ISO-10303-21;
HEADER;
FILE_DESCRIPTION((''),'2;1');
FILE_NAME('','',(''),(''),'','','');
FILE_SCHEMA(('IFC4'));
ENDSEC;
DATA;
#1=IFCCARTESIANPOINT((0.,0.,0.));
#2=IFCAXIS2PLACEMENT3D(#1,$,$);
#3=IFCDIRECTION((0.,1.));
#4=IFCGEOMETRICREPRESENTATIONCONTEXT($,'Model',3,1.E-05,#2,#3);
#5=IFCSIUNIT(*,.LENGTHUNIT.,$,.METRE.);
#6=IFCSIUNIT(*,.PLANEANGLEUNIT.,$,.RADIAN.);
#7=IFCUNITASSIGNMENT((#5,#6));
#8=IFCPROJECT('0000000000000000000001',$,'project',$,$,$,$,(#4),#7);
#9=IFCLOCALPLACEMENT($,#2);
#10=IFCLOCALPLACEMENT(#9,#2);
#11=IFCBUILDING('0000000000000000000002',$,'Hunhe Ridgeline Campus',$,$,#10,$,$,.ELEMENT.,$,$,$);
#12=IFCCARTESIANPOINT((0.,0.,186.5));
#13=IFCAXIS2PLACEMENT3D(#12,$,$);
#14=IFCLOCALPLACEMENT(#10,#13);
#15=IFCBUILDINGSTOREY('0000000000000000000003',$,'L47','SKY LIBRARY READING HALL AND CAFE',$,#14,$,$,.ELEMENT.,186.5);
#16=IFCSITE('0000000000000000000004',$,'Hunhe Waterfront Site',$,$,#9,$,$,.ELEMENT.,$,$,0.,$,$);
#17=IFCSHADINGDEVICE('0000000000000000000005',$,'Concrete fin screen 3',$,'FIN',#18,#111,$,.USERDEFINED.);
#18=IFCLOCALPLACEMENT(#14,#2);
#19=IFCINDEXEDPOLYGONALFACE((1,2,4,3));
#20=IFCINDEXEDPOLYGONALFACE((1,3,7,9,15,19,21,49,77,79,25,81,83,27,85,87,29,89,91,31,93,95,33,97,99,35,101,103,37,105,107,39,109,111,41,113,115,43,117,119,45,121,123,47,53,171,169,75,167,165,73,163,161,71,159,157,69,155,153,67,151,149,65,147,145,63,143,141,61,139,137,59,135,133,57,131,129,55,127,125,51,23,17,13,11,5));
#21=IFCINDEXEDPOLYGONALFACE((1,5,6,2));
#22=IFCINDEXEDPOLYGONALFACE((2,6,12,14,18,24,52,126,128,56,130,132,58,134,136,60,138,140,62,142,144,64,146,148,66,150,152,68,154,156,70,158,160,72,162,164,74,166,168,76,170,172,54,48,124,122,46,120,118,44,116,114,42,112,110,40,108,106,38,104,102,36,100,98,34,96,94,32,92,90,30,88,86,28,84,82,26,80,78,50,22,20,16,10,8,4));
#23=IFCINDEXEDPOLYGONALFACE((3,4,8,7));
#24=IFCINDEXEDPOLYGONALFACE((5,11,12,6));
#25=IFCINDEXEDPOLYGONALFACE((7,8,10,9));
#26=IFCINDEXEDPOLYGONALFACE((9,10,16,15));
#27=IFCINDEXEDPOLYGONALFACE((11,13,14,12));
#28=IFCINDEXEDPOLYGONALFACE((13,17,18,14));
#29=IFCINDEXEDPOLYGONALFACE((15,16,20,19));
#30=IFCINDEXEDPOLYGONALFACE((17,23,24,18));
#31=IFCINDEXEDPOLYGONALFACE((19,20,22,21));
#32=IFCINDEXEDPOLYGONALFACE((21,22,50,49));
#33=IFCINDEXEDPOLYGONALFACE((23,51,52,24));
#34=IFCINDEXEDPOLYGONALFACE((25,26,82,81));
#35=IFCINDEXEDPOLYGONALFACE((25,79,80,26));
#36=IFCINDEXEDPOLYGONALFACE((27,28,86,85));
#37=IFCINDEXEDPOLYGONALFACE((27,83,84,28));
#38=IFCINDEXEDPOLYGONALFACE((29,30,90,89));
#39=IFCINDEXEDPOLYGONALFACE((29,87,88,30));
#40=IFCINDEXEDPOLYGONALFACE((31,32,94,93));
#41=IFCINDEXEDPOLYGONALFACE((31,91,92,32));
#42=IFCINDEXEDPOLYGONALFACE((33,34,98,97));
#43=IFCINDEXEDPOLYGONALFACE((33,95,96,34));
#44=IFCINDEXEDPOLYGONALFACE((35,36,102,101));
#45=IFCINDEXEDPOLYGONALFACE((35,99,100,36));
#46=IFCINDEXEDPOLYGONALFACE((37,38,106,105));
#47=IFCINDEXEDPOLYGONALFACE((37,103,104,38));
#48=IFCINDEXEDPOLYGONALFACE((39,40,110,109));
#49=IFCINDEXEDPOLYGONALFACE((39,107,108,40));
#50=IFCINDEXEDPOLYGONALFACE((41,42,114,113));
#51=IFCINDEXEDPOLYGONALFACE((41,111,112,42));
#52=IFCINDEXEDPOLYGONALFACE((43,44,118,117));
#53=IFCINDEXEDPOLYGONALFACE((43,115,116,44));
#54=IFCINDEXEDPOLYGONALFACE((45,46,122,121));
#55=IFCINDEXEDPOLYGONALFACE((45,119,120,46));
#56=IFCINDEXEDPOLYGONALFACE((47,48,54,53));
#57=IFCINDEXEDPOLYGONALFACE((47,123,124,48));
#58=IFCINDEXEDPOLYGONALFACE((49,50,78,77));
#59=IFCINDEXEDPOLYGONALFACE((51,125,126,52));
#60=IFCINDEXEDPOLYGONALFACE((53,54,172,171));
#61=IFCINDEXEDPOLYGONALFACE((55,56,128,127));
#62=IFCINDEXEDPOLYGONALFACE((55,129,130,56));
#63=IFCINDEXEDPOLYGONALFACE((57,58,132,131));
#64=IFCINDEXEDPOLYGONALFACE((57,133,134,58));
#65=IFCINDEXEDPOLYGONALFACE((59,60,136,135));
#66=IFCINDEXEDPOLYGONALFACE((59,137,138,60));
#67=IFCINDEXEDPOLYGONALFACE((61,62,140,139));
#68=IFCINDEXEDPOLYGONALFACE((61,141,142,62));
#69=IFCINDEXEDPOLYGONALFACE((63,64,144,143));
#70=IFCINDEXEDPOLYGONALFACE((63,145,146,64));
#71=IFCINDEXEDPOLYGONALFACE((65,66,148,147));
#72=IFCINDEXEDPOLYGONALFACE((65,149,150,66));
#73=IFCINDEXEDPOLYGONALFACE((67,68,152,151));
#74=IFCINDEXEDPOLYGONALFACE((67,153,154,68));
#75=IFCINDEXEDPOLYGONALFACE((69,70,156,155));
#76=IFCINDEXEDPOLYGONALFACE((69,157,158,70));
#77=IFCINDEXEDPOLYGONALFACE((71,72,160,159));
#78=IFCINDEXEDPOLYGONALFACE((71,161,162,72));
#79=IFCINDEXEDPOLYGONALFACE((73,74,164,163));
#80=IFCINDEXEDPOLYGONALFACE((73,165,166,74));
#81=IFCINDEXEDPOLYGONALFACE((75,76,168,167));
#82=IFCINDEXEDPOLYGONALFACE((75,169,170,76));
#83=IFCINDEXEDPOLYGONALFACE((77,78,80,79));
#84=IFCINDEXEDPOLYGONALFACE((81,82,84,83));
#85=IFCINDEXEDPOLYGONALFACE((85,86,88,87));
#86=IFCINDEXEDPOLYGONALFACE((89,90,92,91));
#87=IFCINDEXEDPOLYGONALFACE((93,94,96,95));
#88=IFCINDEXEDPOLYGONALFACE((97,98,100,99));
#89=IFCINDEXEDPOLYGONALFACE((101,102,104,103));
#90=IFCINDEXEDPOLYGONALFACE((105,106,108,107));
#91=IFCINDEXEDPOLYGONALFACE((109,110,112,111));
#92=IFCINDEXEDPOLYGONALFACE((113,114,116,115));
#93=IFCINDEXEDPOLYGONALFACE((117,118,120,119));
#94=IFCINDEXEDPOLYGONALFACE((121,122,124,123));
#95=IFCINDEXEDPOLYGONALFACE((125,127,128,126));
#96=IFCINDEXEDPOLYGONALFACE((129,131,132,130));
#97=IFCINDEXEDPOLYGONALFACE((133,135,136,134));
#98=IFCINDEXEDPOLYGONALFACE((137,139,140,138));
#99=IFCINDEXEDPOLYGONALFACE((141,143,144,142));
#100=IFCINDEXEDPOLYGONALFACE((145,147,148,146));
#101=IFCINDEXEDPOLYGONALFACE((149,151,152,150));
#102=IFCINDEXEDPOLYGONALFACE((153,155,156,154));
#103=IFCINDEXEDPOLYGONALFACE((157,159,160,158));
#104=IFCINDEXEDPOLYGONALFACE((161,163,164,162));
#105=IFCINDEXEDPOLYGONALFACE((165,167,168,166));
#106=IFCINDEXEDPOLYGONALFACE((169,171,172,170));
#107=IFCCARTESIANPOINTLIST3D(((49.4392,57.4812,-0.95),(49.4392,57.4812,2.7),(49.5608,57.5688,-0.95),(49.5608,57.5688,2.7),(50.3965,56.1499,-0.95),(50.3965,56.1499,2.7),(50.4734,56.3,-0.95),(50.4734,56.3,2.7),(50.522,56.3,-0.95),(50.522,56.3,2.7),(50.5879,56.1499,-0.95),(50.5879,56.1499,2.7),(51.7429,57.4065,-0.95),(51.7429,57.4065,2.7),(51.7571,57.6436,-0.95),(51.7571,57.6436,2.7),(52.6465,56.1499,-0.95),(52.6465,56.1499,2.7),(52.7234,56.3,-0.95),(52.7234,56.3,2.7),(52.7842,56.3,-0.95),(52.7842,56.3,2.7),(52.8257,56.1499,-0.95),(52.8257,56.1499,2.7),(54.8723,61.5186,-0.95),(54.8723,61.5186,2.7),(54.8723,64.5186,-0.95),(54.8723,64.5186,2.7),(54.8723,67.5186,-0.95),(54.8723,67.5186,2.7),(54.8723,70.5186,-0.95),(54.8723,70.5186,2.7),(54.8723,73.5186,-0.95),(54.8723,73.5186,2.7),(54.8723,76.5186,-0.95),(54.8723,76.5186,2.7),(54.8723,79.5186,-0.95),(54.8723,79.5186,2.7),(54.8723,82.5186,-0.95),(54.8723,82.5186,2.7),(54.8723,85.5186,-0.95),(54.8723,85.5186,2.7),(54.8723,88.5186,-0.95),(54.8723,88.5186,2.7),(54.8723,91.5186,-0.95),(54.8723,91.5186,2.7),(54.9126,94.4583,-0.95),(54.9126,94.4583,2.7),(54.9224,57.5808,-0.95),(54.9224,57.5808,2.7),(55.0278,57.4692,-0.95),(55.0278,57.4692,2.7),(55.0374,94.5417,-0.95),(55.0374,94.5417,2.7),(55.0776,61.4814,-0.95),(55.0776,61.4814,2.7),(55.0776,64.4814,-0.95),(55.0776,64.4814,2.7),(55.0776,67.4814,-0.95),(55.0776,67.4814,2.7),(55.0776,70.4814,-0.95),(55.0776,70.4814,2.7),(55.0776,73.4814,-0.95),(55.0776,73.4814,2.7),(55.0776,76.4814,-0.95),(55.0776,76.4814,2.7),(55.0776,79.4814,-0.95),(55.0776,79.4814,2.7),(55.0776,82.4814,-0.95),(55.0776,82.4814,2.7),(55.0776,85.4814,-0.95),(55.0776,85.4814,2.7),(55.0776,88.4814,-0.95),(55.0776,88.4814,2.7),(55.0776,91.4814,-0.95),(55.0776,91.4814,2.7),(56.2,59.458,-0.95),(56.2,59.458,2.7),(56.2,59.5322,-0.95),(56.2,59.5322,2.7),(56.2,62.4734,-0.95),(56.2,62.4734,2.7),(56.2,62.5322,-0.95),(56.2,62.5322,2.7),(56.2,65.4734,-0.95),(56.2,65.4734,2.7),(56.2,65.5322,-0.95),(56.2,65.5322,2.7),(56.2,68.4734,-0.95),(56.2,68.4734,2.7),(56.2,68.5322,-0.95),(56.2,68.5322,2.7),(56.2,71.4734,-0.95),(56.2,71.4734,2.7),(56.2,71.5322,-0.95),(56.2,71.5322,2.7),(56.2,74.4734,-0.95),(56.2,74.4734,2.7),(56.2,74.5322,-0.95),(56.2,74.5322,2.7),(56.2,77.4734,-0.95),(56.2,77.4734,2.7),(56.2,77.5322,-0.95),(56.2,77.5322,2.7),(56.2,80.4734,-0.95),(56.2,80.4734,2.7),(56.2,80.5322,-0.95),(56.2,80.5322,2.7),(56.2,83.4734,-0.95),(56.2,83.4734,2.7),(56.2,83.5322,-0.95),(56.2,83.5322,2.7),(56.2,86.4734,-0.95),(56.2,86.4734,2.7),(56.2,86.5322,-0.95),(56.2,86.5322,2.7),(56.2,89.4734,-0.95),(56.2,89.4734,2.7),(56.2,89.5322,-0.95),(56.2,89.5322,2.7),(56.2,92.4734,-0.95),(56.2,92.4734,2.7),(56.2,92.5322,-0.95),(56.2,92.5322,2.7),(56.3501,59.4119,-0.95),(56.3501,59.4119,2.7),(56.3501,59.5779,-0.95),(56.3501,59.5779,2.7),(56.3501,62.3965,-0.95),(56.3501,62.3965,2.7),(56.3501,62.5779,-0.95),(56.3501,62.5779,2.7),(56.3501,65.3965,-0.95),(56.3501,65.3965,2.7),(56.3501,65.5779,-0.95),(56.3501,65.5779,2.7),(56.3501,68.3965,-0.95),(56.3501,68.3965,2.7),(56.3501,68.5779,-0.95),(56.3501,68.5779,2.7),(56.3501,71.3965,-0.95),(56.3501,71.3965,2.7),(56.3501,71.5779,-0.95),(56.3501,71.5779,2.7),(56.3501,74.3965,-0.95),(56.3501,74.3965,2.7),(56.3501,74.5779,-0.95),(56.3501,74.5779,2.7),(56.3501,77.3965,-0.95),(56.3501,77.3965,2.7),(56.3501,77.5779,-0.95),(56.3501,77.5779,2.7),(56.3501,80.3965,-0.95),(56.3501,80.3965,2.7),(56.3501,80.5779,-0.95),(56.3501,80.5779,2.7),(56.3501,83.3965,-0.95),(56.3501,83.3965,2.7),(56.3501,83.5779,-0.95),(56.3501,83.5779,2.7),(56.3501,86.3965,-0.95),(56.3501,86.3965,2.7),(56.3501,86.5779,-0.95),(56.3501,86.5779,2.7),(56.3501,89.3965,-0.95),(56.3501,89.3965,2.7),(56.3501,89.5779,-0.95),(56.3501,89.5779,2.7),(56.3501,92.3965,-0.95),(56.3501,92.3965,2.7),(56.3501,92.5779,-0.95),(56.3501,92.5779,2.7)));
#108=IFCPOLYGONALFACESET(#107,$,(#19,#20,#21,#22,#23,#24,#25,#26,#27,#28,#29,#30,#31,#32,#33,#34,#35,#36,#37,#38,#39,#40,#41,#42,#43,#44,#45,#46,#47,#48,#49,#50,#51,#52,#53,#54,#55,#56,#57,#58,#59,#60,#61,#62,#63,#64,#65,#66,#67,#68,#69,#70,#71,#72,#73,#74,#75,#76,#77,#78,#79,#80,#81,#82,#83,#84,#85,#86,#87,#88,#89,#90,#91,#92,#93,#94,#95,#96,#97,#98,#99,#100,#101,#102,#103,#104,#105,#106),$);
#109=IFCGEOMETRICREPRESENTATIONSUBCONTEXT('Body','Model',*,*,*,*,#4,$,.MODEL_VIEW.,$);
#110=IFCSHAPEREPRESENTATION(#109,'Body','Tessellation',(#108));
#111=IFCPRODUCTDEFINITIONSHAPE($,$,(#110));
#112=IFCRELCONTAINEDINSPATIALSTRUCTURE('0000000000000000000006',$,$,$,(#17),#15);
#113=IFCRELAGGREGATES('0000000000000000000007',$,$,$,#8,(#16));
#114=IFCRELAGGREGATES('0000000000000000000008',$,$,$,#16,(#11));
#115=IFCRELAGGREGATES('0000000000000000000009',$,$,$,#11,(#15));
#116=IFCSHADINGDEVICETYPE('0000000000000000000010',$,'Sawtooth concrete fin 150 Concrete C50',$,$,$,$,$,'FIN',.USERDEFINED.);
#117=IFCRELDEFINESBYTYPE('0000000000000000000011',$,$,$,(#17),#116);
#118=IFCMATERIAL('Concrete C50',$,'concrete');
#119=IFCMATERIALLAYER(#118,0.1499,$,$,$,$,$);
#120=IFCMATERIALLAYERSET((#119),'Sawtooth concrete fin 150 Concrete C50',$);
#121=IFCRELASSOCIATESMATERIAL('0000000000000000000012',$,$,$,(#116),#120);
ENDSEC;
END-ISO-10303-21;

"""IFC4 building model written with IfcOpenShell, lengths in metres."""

from ifc_helpers import new_model, si_unit, direction, frame, origin, place, context, subcontext, project, spatial, polyline, outline, extrude, material, layer, layer_set, type_object, element, save


model = new_model("IFC4")

# Units and contexts
model_context = context("Model", 3, precision=1e-05, world=origin(), true_north=direction((0.0, 1.0)))
body_context = subcontext(model_context, "Body", "Model", "MODEL_VIEW")
ifc_project = project(units=[si_unit("LENGTHUNIT", "METRE"), si_unit("PLANEANGLEUNIT", "RADIAN")], contexts=[model_context])

# Site, building, storey
site_placement = place(None, origin())
site = spatial("IfcSite", under=ifc_project, at=site_placement, Name="Hunhe Waterfront Site", CompositionType="ELEMENT", RefElevation=0.0)
building_placement = place(site_placement, origin())
building = spatial("IfcBuilding", under=site, at=building_placement, Name="Hunhe Ridgeline Campus", CompositionType="ELEMENT")
storey_placement = place(building_placement, frame((0.0, 0.0, 186.5)))
storey = spatial("IfcBuildingStorey", under=building, at=storey_placement, Name="L47", Description="SKY LIBRARY READING HALL AND CAFE", CompositionType="ELEMENT", Elevation=186.5)

# Shading device
ifc_material_1 = material(Name="Concrete C50", Category="concrete")
ifc_layer_1 = layer(ifc_material_1, 0.1499)
ifc_layer_set_1 = layer_set([ifc_layer_1], Name="Sawtooth concrete fin 150 Concrete C50")
shading_device_type = type_object("IfcShadingDeviceType", Name="Sawtooth concrete fin 150 Concrete C50", ElementType="FIN", PredefinedType="USERDEFINED", material=ifc_layer_set_1)
shading_device_1_placement = place(storey_placement, frame((0.0, 0.0, -0.95)))
element("IfcShadingDevice", 1, at=shading_device_1_placement, inside=storey, type_object=shading_device_type, Name="Concrete fin screen 3", ObjectType="FIN", PredefinedType="USERDEFINED", context=body_context, shape_type="SweptSolid", body=[
    extrude(outline(polyline([(49.5608, 57.5688), (49.4392, 57.4812), (50.3965, 56.1499), (50.5879, 56.1499), (51.7429, 57.4065), (52.6465, 56.1499), (52.8257, 56.1499), (55.0278, 57.4692), (56.3501, 59.4119), (56.3501, 59.5779), (55.0776, 61.4814), (56.3501, 62.3965), (56.3501, 62.5779), (55.0776, 64.4814), (56.3501, 65.3965), (56.3501, 65.5779), (55.0776, 67.4814), (56.3501, 68.3965), (56.3501, 68.5779), (55.0776, 70.4814), (56.3501, 71.3965), (56.3501, 71.5779), (55.0776, 73.4814), (56.3501, 74.3965), (56.3501, 74.5779), (55.0776, 76.4814), (56.3501, 77.3965), (56.3501, 77.5779), (55.0776, 79.4814), (56.3501, 80.3965), (56.3501, 80.5779), (55.0776, 82.4814), (56.3501, 83.3965), (56.3501, 83.5779), (55.0776, 85.4814), (56.3501, 86.3965), (56.3501, 86.5779), (55.0776, 88.4814), (56.3501, 89.3965), (56.3501, 89.5779), (55.0776, 91.4814), (56.3501, 92.3965), (56.3501, 92.5779), (55.0374, 94.5417), (54.9126, 94.4583), (56.2, 92.5322), (56.2, 92.4734), (54.8723, 91.5186), (56.2, 89.5322), (56.2, 89.4734), (54.8723, 88.5186), (56.2, 86.5322), (56.2, 86.4734), (54.8723, 85.5186), (56.2, 83.5322), (56.2, 83.4734), (54.8723, 82.5186), (56.2, 80.5322), (56.2, 80.4734), (54.8723, 79.5186), (56.2, 77.5322), (56.2, 77.4734), (54.8723, 76.5186), (56.2, 74.5322), (56.2, 74.4734), (54.8723, 73.5186), (56.2, 71.5322), (56.2, 71.4734), (54.8723, 70.5186), (56.2, 68.5322), (56.2, 68.4734), (54.8723, 67.5186), (56.2, 65.5322), (56.2, 65.4734), (54.8723, 64.5186), (56.2, 62.5322), (56.2, 62.4734), (54.8723, 61.5186), (56.2, 59.5322), (56.2, 59.458), (54.9224, 57.5808), (52.7842, 56.3), (52.7234, 56.3), (51.7571, 57.6436), (50.522, 56.3), (50.4734, 56.3), (49.5608, 57.5688)])), origin(), (0.0, 0.0, 1.0), 3.6499),
])

save(model, "model.ifc")
